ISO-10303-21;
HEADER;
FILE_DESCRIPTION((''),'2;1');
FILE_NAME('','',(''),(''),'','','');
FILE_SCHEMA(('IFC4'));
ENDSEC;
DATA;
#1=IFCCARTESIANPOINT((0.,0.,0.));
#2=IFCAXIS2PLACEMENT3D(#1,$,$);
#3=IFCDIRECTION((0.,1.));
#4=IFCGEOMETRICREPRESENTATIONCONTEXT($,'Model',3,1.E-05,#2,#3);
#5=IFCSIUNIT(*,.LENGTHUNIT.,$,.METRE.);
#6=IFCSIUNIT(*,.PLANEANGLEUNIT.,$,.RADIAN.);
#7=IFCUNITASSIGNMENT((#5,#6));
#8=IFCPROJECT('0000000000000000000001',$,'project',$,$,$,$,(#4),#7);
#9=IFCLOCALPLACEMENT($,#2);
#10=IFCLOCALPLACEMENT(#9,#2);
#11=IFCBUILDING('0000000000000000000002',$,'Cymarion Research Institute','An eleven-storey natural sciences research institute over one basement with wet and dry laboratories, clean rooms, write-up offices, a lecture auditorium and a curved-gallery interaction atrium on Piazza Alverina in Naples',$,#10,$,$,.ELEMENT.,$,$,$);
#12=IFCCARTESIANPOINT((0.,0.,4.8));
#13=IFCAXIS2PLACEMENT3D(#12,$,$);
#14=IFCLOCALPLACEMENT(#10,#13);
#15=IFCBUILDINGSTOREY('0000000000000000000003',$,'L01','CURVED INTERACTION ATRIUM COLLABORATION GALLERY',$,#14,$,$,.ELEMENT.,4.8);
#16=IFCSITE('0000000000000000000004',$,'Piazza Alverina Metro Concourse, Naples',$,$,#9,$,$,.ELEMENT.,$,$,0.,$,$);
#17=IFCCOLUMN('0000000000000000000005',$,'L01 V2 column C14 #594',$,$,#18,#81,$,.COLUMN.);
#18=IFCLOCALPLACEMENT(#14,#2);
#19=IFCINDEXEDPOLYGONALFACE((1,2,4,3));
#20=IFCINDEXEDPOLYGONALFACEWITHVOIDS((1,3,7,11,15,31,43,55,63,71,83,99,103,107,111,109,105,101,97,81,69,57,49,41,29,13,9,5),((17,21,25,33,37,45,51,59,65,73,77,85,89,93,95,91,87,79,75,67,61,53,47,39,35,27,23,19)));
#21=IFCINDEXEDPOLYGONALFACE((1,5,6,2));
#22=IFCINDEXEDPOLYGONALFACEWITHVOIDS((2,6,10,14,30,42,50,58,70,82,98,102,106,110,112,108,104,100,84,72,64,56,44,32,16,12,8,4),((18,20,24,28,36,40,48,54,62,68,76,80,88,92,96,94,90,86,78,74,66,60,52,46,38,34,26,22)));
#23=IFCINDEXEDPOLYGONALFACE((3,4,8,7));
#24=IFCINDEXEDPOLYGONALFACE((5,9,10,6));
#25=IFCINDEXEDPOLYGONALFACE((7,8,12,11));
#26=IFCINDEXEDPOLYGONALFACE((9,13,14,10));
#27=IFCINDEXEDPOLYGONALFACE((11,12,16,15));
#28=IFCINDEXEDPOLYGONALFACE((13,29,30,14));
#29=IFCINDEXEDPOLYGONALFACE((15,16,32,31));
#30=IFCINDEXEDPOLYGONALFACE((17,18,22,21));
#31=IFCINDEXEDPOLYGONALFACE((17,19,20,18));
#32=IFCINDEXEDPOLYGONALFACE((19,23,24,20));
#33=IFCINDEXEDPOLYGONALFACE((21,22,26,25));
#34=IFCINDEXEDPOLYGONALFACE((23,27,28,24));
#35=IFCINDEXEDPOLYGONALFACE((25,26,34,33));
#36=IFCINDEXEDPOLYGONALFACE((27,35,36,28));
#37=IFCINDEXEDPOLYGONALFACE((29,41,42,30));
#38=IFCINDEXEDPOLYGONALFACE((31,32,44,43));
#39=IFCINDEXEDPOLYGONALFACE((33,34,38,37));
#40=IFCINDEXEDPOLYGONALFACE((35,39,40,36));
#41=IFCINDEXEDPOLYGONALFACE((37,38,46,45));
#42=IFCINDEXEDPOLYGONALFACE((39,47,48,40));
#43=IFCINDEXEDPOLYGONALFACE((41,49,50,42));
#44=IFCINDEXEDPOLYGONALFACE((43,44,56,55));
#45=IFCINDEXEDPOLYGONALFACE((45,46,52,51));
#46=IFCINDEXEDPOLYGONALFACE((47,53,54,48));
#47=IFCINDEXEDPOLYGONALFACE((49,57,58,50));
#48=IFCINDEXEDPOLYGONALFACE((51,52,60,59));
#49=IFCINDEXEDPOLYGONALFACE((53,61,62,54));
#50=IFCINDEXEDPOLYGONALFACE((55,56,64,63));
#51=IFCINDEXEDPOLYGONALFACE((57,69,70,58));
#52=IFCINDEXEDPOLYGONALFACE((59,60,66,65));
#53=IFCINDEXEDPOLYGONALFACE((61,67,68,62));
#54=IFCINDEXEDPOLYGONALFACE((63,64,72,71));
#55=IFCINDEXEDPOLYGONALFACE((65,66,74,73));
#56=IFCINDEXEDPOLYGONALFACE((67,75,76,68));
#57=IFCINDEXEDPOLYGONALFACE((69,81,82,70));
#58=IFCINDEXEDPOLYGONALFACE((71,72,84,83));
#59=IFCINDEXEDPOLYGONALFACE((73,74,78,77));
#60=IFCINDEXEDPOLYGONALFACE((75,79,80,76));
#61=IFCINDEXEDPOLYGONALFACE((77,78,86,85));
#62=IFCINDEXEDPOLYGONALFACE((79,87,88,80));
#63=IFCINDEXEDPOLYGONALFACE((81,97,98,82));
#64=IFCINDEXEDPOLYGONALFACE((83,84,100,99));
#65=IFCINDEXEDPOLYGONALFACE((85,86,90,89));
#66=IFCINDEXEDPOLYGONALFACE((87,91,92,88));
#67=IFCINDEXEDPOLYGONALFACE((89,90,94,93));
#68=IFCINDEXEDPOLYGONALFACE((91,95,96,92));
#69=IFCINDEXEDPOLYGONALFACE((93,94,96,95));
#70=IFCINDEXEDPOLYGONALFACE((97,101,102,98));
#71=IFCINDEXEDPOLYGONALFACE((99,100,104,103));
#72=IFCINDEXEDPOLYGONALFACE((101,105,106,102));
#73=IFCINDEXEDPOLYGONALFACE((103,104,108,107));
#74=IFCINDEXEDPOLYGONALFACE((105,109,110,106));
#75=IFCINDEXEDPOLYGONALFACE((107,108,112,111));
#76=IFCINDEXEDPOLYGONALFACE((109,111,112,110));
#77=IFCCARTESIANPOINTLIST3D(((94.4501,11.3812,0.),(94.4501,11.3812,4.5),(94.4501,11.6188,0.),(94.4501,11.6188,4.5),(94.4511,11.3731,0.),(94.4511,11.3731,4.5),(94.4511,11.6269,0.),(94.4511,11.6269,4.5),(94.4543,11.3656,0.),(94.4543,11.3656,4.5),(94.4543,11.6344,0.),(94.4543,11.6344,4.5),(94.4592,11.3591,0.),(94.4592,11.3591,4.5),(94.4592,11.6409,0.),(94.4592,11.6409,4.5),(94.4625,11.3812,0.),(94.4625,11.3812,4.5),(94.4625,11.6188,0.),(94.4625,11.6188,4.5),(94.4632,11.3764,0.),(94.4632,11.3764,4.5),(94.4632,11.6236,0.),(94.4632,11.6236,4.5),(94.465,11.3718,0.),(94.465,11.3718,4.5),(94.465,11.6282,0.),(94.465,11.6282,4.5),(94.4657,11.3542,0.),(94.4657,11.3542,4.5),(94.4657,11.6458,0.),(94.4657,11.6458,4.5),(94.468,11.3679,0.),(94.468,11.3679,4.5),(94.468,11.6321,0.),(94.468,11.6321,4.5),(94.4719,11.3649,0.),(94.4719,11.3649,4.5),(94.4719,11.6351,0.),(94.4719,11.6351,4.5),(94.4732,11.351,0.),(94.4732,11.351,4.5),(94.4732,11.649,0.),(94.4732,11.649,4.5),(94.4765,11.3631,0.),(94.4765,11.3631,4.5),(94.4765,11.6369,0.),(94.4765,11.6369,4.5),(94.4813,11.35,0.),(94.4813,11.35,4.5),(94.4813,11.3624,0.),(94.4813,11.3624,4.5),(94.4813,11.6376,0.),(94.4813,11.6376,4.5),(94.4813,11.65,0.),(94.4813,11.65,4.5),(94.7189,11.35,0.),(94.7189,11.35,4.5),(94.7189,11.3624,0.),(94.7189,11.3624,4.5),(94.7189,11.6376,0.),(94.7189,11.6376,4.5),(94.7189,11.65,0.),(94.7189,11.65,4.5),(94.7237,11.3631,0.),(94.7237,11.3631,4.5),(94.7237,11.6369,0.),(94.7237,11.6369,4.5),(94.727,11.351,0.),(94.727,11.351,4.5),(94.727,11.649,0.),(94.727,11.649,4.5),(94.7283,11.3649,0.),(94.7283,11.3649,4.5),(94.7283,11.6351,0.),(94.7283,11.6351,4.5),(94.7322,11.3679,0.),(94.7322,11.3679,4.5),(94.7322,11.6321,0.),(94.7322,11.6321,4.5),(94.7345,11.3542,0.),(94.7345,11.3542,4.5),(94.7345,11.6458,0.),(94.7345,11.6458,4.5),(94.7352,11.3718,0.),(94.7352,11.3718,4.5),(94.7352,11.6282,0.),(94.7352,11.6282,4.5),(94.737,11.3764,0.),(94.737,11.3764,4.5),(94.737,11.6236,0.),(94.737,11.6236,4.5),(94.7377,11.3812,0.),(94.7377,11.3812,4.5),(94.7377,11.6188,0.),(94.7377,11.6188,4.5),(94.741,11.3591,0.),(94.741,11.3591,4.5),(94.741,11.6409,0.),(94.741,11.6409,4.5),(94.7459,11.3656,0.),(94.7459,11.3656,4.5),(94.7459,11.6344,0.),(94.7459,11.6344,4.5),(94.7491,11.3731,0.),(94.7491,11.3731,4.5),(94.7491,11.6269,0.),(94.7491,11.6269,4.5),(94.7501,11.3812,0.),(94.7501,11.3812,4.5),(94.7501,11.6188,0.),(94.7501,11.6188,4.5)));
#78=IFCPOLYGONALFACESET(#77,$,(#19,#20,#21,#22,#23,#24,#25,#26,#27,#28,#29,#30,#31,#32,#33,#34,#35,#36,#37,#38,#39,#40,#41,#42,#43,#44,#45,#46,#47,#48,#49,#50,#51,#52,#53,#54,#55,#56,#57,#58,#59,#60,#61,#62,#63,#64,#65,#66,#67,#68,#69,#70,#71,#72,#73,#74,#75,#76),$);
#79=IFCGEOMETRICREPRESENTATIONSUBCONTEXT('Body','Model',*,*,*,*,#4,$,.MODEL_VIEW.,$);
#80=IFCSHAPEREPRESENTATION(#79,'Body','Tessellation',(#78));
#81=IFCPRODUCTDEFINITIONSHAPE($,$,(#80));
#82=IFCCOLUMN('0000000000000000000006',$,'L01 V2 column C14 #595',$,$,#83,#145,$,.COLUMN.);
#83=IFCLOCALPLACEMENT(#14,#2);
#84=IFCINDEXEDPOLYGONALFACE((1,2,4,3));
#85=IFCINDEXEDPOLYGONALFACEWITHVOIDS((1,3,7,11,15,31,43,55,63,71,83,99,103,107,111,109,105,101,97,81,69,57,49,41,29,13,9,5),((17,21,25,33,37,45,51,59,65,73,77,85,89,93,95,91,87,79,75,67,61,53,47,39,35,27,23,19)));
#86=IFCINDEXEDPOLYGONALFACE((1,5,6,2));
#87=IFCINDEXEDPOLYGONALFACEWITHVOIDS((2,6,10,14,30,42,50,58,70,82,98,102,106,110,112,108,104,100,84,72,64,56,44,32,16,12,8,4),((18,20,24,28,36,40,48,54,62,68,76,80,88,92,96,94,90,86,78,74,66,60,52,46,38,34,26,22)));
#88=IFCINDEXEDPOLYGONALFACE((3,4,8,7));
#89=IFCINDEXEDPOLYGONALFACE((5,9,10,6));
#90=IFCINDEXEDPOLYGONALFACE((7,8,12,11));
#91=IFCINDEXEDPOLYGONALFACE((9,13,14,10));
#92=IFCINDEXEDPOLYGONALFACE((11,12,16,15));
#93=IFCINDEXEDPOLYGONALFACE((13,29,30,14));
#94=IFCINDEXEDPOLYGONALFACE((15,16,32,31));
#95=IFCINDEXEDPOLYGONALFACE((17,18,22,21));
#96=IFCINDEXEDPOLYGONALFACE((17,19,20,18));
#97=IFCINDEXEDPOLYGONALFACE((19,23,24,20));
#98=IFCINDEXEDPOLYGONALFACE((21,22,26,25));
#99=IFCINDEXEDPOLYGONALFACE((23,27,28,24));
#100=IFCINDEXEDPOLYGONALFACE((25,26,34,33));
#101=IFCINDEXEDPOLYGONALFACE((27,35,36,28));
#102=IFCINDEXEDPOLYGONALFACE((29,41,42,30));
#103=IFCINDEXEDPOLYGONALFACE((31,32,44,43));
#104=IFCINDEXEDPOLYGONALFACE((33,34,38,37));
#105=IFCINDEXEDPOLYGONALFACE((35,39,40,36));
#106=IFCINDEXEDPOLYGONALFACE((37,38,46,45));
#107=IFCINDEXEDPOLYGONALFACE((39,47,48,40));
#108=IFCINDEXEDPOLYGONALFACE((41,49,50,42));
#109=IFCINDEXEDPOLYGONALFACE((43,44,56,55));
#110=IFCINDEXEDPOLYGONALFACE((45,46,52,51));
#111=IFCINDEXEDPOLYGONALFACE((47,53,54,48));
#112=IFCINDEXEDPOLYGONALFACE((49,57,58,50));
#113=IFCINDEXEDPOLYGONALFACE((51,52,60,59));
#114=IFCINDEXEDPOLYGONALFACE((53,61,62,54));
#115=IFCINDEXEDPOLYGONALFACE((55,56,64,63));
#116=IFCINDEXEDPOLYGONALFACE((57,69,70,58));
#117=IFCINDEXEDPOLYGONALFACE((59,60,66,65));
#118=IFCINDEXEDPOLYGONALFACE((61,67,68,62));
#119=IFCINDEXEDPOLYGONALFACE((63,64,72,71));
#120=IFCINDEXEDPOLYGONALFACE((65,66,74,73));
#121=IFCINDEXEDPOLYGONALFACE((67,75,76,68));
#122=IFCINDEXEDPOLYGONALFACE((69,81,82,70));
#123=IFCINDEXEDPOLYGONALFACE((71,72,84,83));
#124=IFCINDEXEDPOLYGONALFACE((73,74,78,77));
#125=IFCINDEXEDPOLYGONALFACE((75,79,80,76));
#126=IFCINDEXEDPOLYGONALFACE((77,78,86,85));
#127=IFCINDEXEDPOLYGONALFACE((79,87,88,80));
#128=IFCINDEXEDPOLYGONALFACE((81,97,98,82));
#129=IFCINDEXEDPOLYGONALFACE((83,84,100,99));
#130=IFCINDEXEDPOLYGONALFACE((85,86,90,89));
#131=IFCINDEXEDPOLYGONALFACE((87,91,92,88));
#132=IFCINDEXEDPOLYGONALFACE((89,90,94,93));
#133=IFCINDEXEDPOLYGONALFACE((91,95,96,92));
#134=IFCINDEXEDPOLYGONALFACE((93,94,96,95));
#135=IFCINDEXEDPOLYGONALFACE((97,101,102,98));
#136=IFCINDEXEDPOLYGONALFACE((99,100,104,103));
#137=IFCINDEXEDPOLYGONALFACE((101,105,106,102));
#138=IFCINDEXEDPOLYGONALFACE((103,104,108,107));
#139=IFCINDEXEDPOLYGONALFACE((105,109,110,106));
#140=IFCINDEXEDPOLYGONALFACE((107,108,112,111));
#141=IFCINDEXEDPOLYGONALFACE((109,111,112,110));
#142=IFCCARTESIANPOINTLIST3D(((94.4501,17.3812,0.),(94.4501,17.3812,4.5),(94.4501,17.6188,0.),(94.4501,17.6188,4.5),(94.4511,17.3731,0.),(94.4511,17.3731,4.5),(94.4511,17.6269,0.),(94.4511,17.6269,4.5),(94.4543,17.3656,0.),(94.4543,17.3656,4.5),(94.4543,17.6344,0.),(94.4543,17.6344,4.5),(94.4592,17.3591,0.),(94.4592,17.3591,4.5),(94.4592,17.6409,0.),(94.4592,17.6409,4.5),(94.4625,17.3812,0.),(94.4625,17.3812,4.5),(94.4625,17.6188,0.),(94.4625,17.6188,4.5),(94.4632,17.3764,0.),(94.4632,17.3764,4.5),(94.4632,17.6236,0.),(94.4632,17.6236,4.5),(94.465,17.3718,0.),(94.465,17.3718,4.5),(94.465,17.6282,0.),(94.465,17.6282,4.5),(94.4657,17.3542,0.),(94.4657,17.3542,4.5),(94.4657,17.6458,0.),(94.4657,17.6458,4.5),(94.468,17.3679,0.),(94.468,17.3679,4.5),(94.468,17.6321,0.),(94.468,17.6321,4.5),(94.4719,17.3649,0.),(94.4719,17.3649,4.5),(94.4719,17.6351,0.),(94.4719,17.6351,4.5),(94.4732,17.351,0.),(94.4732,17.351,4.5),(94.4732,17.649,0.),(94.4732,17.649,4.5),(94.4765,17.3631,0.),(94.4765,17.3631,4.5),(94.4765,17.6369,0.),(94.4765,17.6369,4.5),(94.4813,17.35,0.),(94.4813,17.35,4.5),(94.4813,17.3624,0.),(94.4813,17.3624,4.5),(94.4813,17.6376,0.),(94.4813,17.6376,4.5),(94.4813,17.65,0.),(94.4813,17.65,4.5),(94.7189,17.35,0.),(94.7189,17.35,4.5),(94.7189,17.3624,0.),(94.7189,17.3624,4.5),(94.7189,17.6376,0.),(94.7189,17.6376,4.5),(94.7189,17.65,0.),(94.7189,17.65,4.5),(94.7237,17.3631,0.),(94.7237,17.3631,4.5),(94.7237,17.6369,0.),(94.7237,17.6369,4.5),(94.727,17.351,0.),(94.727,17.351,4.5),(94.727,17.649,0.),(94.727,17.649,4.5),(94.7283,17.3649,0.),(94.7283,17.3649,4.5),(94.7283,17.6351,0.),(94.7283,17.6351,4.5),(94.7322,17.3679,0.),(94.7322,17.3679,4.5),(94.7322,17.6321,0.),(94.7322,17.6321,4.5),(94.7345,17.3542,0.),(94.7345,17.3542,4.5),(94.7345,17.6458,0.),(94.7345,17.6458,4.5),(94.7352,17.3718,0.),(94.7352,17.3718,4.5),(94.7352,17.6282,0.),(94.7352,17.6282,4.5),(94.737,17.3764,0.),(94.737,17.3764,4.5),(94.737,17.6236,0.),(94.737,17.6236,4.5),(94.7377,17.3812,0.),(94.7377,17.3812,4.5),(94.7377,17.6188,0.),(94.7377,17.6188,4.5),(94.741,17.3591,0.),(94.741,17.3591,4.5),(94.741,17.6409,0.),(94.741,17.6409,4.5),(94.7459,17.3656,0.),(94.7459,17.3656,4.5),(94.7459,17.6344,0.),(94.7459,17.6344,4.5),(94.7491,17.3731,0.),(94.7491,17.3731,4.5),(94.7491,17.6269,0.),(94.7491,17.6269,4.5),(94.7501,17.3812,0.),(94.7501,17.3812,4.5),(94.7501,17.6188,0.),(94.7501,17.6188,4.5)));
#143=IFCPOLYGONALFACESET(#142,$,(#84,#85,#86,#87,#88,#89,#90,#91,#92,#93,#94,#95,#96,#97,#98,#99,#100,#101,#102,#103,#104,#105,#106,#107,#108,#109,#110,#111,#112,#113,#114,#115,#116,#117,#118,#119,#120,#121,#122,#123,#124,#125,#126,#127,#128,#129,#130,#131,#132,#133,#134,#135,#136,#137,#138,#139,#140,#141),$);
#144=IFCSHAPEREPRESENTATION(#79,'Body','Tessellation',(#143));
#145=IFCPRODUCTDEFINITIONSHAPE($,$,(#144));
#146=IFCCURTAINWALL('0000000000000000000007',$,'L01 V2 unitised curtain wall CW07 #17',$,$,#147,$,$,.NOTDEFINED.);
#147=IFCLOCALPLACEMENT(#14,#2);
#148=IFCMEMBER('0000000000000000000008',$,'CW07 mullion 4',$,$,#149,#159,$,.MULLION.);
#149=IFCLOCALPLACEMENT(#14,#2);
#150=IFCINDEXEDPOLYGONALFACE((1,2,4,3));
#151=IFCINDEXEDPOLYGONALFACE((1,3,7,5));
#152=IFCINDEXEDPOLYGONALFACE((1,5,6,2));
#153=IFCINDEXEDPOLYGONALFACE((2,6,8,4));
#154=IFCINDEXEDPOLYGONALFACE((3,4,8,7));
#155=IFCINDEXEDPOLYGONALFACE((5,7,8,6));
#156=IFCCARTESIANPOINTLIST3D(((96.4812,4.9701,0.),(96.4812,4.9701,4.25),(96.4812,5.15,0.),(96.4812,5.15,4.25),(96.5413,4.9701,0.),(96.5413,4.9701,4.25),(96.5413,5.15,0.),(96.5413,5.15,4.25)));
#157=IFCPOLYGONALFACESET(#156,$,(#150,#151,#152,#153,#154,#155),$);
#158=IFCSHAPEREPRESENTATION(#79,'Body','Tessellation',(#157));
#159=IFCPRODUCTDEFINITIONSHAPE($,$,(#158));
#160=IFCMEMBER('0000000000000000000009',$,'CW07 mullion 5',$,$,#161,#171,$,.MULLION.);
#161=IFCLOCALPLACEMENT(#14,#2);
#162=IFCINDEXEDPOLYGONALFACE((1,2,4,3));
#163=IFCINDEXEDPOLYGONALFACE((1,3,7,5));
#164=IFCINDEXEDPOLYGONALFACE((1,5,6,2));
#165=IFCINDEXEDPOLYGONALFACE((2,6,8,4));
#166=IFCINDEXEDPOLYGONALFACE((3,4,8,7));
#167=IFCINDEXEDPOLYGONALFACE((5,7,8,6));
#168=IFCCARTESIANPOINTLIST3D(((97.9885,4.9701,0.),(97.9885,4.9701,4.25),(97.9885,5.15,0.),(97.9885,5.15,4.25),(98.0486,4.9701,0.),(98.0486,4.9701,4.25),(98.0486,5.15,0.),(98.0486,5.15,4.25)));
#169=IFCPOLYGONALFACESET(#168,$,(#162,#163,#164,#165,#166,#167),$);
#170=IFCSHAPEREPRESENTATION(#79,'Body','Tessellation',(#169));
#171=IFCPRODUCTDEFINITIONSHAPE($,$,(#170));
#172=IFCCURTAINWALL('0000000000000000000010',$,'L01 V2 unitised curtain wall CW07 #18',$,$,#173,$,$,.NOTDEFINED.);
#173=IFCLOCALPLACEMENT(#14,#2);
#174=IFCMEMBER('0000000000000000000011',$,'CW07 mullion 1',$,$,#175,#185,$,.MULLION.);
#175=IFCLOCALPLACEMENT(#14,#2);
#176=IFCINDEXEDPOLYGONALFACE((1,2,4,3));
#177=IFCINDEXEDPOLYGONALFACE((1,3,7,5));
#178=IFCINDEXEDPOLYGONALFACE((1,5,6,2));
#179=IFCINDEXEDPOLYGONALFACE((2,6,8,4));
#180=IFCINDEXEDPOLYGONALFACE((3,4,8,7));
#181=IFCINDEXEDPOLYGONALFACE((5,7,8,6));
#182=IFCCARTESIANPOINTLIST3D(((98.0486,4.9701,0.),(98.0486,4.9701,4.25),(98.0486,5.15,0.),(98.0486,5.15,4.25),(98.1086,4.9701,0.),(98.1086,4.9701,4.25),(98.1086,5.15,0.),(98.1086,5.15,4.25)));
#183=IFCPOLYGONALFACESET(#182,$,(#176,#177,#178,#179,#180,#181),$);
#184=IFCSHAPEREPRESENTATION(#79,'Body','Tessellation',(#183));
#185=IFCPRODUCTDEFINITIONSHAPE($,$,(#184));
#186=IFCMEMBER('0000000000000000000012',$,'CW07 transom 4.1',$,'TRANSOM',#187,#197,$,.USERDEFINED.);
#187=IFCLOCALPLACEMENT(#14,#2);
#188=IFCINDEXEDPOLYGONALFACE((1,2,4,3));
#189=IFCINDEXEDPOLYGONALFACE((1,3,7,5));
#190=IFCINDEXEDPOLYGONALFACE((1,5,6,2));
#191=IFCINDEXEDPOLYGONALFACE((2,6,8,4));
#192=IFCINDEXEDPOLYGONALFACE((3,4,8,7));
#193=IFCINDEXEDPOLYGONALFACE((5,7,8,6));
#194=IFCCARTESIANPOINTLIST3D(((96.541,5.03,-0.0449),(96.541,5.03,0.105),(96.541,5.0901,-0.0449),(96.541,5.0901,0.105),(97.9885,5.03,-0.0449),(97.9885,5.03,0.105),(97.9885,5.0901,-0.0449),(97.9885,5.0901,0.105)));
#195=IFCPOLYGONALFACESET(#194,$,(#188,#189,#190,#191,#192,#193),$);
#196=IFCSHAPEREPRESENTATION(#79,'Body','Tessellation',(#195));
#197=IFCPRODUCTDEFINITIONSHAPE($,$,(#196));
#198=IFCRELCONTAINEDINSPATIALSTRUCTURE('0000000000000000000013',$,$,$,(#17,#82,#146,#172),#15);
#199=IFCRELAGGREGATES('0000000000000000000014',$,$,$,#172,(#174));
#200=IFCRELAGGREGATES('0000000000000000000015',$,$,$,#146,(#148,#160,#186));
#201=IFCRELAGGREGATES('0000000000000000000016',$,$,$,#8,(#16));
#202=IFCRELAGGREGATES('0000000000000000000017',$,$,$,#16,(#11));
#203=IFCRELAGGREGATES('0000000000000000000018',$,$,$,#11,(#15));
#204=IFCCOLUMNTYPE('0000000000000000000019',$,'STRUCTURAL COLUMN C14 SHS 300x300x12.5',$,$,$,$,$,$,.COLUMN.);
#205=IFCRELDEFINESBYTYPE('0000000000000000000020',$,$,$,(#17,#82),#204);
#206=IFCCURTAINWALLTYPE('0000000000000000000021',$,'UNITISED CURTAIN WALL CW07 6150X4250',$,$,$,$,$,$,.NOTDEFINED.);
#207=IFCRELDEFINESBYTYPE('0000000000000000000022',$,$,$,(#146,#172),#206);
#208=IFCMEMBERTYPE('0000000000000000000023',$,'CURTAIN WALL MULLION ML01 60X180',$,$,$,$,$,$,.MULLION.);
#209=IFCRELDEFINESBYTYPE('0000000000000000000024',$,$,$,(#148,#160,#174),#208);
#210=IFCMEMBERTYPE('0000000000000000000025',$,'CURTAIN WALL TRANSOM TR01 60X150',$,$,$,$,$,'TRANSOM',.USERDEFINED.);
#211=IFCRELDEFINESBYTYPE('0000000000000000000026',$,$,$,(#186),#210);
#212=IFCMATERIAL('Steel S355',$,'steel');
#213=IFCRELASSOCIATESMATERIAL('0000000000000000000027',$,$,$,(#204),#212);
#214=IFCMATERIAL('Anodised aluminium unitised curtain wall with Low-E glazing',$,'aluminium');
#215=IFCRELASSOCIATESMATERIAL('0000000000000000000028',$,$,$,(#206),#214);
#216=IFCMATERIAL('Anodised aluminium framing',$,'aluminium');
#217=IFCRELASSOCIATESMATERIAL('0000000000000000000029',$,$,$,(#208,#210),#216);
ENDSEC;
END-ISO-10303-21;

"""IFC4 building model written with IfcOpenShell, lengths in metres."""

from ifc_helpers import new_model, si_unit, direction, frame, origin, origin_2d, place, context, subcontext, project, spatial, rectangle, hollow_rectangle, extrude, material, material_profile, profile_set, type_object, element, aggregate, save


model = new_model("IFC4")

# Units and contexts
model_context = context("Model", 3, precision=1e-05, world=origin(), true_north=direction((0.0, 1.0)))
body_context = subcontext(model_context, "Body", "Model", "MODEL_VIEW")
ifc_project = project(units=[si_unit("LENGTHUNIT", "METRE"), si_unit("PLANEANGLEUNIT", "RADIAN")], contexts=[model_context])

# Site, building, storey
site_placement = place(None, origin())
site = spatial("IfcSite", under=ifc_project, at=site_placement, Name="Piazza Alverina Metro Concourse, Naples", CompositionType="ELEMENT", RefElevation=0.0)
building_placement = place(site_placement, origin())
building = spatial("IfcBuilding", under=site, at=building_placement, Name="Cymarion Research Institute", Description="An eleven-storey natural sciences research institute over one basement with wet and dry laboratories, clean rooms, write-up offices, a lecture auditorium and a curved-gallery interaction atrium on Piazza Alverina in Naples", CompositionType="ELEMENT")
storey_placement = place(building_placement, frame((0.0, 0.0, 4.8)))
storey = spatial("IfcBuildingStorey", under=building, at=storey_placement, Name="L01", Description="CURVED INTERACTION ATRIUM COLLABORATION GALLERY", CompositionType="ELEMENT", Elevation=4.8)

# Columns
ifc_material_1 = material(Name="Steel S355", Category="steel")
ifc_material_profile_1 = material_profile(ifc_material_1, hollow_rectangle(XDim=0.3, YDim=0.3, WallThickness=0.0125, InnerFilletRadius=0.0188, OuterFilletRadius=0.0312, at=origin_2d()), Name="SHS 300x300x12.5")
ifc_profile_set_1 = profile_set([ifc_material_profile_1], Name="Steel S355")
column_type_1 = type_object("IfcColumnType", Name="STRUCTURAL COLUMN C14 SHS 300x300x12.5", PredefinedType="COLUMN", material=ifc_profile_set_1)
for number, where, z_axis, x_axis, name in (
    (1, (94.6001, 11.5, 0.0), (0.0, 0.0, 1.0), (1.0, 0.0, 0.0), "L01 V2 column C14 #594"),
    (2, (94.6001, 17.5, 0.0), (0.0, 0.0, 1.0), (1.0, 0.0, 0.0), "L01 V2 column C14 #595"),
):
    element("IfcColumn", number, at=place(storey_placement, frame(where, z_axis=z_axis, x_axis=x_axis)), inside=storey, type_object=column_type_1, Name=name, PredefinedType="COLUMN", context=body_context, shape_type="SweptSolid", body=[
        extrude(hollow_rectangle(XDim=0.3, YDim=0.3, WallThickness=0.0125, InnerFilletRadius=0.0188, OuterFilletRadius=0.0312, at=origin_2d()), origin(), (0.0, 0.0, 1.0), 4.5),
    ])

# Curtain wall, members
ifc_material_2 = material(Name="Anodised aluminium unitised curtain wall with Low-E glazing", Category="aluminium")
curtain_wall_type = type_object("IfcCurtainWallType", Name="UNITISED CURTAIN WALL CW07 6150X4250", PredefinedType="NOTDEFINED", material=ifc_material_2)
curtain_wall_1_placement = place(storey_placement, origin())
curtain_wall_1 = element("IfcCurtainWall", 3, at=curtain_wall_1_placement, inside=storey, type_object=curtain_wall_type, Name="L01 V2 unitised curtain wall CW07 #17", PredefinedType="NOTDEFINED")
ifc_material_3 = material(Name="Anodised aluminium framing", Category="aluminium")
ifc_material_profile_2 = material_profile(ifc_material_3, rectangle(XDim=0.0601, YDim=0.1799, at=origin_2d()), Name="ALU MULLION 60x180")
ifc_profile_set_2 = profile_set([ifc_material_profile_2], Name="Anodised aluminium framing")
member_type_1 = type_object("IfcMemberType", Name="CURTAIN WALL MULLION ML01 60X180", PredefinedType="MULLION", material=ifc_profile_set_2)
member_1_placement = place(storey_placement, frame((96.5112, 5.0601, 0.0), z_axis=(0.0, 0.0, 1.0), x_axis=(1.0, 0.0, 0.0)))
member_1 = element("IfcMember", 4, at=member_1_placement, type_object=member_type_1, Name="CW07 mullion 4", PredefinedType="MULLION", context=body_context, shape_type="SweptSolid", body=[
    extrude(rectangle(XDim=0.0601, YDim=0.1799, at=origin_2d()), origin(), (0.0, 0.0, 1.0), 4.25),
])
member_2_placement = place(storey_placement, frame((98.0186, 5.0601, 0.0), z_axis=(0.0, 0.0, 1.0), x_axis=(1.0, 0.0, 0.0)))
member_2 = element("IfcMember", 5, at=member_2_placement, type_object=member_type_1, Name="CW07 mullion 5", PredefinedType="MULLION", context=body_context, shape_type="SweptSolid", body=[
    extrude(rectangle(XDim=0.0601, YDim=0.1799, at=origin_2d()), origin(), (0.0, 0.0, 1.0), 4.25),
])

# Curtain wall, member
curtain_wall_2_placement = place(storey_placement, origin())
curtain_wall_2 = element("IfcCurtainWall", 6, at=curtain_wall_2_placement, inside=storey, type_object=curtain_wall_type, Name="L01 V2 unitised curtain wall CW07 #18", PredefinedType="NOTDEFINED")
member_3_placement = place(storey_placement, frame((98.0786, 5.0601, 0.0), z_axis=(0.0, 0.0, 1.0), x_axis=(1.0, 0.0, 0.0)))
member_3 = element("IfcMember", 7, at=member_3_placement, type_object=member_type_1, Name="CW07 mullion 1", PredefinedType="MULLION", context=body_context, shape_type="SweptSolid", body=[
    extrude(rectangle(XDim=0.0601, YDim=0.1799, at=origin_2d()), origin(), (0.0, 0.0, 1.0), 4.25),
])
aggregate(curtain_wall_2, [member_3])

# Member
ifc_material_profile_3 = material_profile(ifc_material_3, rectangle(XDim=0.0601, YDim=0.1499, at=origin_2d()), Name="ALU TRANSOM 60x150")
ifc_profile_set_3 = profile_set([ifc_material_profile_3], Name="Anodised aluminium framing")
member_type_2 = type_object("IfcMemberType", Name="CURTAIN WALL TRANSOM TR01 60X150", ElementType="TRANSOM", PredefinedType="USERDEFINED", material=ifc_profile_set_3)
member_4_placement = place(storey_placement, frame((96.541, 5.0601, 0.03), z_axis=(1.0, 0.0, 0.0), x_axis=(0.0, 1.0, 0.0)))
member_4 = element("IfcMember", 8, at=member_4_placement, type_object=member_type_2, Name="CW07 transom 4.1", ObjectType="TRANSOM", PredefinedType="USERDEFINED", context=body_context, shape_type="SweptSolid", body=[
    extrude(rectangle(XDim=0.0601, YDim=0.1499, at=origin_2d()), origin(), (0.0, 0.0, 1.0), 1.4475),
])

aggregate(curtain_wall_1, [member_1, member_2, member_4])

save(model, "model.ifc")
